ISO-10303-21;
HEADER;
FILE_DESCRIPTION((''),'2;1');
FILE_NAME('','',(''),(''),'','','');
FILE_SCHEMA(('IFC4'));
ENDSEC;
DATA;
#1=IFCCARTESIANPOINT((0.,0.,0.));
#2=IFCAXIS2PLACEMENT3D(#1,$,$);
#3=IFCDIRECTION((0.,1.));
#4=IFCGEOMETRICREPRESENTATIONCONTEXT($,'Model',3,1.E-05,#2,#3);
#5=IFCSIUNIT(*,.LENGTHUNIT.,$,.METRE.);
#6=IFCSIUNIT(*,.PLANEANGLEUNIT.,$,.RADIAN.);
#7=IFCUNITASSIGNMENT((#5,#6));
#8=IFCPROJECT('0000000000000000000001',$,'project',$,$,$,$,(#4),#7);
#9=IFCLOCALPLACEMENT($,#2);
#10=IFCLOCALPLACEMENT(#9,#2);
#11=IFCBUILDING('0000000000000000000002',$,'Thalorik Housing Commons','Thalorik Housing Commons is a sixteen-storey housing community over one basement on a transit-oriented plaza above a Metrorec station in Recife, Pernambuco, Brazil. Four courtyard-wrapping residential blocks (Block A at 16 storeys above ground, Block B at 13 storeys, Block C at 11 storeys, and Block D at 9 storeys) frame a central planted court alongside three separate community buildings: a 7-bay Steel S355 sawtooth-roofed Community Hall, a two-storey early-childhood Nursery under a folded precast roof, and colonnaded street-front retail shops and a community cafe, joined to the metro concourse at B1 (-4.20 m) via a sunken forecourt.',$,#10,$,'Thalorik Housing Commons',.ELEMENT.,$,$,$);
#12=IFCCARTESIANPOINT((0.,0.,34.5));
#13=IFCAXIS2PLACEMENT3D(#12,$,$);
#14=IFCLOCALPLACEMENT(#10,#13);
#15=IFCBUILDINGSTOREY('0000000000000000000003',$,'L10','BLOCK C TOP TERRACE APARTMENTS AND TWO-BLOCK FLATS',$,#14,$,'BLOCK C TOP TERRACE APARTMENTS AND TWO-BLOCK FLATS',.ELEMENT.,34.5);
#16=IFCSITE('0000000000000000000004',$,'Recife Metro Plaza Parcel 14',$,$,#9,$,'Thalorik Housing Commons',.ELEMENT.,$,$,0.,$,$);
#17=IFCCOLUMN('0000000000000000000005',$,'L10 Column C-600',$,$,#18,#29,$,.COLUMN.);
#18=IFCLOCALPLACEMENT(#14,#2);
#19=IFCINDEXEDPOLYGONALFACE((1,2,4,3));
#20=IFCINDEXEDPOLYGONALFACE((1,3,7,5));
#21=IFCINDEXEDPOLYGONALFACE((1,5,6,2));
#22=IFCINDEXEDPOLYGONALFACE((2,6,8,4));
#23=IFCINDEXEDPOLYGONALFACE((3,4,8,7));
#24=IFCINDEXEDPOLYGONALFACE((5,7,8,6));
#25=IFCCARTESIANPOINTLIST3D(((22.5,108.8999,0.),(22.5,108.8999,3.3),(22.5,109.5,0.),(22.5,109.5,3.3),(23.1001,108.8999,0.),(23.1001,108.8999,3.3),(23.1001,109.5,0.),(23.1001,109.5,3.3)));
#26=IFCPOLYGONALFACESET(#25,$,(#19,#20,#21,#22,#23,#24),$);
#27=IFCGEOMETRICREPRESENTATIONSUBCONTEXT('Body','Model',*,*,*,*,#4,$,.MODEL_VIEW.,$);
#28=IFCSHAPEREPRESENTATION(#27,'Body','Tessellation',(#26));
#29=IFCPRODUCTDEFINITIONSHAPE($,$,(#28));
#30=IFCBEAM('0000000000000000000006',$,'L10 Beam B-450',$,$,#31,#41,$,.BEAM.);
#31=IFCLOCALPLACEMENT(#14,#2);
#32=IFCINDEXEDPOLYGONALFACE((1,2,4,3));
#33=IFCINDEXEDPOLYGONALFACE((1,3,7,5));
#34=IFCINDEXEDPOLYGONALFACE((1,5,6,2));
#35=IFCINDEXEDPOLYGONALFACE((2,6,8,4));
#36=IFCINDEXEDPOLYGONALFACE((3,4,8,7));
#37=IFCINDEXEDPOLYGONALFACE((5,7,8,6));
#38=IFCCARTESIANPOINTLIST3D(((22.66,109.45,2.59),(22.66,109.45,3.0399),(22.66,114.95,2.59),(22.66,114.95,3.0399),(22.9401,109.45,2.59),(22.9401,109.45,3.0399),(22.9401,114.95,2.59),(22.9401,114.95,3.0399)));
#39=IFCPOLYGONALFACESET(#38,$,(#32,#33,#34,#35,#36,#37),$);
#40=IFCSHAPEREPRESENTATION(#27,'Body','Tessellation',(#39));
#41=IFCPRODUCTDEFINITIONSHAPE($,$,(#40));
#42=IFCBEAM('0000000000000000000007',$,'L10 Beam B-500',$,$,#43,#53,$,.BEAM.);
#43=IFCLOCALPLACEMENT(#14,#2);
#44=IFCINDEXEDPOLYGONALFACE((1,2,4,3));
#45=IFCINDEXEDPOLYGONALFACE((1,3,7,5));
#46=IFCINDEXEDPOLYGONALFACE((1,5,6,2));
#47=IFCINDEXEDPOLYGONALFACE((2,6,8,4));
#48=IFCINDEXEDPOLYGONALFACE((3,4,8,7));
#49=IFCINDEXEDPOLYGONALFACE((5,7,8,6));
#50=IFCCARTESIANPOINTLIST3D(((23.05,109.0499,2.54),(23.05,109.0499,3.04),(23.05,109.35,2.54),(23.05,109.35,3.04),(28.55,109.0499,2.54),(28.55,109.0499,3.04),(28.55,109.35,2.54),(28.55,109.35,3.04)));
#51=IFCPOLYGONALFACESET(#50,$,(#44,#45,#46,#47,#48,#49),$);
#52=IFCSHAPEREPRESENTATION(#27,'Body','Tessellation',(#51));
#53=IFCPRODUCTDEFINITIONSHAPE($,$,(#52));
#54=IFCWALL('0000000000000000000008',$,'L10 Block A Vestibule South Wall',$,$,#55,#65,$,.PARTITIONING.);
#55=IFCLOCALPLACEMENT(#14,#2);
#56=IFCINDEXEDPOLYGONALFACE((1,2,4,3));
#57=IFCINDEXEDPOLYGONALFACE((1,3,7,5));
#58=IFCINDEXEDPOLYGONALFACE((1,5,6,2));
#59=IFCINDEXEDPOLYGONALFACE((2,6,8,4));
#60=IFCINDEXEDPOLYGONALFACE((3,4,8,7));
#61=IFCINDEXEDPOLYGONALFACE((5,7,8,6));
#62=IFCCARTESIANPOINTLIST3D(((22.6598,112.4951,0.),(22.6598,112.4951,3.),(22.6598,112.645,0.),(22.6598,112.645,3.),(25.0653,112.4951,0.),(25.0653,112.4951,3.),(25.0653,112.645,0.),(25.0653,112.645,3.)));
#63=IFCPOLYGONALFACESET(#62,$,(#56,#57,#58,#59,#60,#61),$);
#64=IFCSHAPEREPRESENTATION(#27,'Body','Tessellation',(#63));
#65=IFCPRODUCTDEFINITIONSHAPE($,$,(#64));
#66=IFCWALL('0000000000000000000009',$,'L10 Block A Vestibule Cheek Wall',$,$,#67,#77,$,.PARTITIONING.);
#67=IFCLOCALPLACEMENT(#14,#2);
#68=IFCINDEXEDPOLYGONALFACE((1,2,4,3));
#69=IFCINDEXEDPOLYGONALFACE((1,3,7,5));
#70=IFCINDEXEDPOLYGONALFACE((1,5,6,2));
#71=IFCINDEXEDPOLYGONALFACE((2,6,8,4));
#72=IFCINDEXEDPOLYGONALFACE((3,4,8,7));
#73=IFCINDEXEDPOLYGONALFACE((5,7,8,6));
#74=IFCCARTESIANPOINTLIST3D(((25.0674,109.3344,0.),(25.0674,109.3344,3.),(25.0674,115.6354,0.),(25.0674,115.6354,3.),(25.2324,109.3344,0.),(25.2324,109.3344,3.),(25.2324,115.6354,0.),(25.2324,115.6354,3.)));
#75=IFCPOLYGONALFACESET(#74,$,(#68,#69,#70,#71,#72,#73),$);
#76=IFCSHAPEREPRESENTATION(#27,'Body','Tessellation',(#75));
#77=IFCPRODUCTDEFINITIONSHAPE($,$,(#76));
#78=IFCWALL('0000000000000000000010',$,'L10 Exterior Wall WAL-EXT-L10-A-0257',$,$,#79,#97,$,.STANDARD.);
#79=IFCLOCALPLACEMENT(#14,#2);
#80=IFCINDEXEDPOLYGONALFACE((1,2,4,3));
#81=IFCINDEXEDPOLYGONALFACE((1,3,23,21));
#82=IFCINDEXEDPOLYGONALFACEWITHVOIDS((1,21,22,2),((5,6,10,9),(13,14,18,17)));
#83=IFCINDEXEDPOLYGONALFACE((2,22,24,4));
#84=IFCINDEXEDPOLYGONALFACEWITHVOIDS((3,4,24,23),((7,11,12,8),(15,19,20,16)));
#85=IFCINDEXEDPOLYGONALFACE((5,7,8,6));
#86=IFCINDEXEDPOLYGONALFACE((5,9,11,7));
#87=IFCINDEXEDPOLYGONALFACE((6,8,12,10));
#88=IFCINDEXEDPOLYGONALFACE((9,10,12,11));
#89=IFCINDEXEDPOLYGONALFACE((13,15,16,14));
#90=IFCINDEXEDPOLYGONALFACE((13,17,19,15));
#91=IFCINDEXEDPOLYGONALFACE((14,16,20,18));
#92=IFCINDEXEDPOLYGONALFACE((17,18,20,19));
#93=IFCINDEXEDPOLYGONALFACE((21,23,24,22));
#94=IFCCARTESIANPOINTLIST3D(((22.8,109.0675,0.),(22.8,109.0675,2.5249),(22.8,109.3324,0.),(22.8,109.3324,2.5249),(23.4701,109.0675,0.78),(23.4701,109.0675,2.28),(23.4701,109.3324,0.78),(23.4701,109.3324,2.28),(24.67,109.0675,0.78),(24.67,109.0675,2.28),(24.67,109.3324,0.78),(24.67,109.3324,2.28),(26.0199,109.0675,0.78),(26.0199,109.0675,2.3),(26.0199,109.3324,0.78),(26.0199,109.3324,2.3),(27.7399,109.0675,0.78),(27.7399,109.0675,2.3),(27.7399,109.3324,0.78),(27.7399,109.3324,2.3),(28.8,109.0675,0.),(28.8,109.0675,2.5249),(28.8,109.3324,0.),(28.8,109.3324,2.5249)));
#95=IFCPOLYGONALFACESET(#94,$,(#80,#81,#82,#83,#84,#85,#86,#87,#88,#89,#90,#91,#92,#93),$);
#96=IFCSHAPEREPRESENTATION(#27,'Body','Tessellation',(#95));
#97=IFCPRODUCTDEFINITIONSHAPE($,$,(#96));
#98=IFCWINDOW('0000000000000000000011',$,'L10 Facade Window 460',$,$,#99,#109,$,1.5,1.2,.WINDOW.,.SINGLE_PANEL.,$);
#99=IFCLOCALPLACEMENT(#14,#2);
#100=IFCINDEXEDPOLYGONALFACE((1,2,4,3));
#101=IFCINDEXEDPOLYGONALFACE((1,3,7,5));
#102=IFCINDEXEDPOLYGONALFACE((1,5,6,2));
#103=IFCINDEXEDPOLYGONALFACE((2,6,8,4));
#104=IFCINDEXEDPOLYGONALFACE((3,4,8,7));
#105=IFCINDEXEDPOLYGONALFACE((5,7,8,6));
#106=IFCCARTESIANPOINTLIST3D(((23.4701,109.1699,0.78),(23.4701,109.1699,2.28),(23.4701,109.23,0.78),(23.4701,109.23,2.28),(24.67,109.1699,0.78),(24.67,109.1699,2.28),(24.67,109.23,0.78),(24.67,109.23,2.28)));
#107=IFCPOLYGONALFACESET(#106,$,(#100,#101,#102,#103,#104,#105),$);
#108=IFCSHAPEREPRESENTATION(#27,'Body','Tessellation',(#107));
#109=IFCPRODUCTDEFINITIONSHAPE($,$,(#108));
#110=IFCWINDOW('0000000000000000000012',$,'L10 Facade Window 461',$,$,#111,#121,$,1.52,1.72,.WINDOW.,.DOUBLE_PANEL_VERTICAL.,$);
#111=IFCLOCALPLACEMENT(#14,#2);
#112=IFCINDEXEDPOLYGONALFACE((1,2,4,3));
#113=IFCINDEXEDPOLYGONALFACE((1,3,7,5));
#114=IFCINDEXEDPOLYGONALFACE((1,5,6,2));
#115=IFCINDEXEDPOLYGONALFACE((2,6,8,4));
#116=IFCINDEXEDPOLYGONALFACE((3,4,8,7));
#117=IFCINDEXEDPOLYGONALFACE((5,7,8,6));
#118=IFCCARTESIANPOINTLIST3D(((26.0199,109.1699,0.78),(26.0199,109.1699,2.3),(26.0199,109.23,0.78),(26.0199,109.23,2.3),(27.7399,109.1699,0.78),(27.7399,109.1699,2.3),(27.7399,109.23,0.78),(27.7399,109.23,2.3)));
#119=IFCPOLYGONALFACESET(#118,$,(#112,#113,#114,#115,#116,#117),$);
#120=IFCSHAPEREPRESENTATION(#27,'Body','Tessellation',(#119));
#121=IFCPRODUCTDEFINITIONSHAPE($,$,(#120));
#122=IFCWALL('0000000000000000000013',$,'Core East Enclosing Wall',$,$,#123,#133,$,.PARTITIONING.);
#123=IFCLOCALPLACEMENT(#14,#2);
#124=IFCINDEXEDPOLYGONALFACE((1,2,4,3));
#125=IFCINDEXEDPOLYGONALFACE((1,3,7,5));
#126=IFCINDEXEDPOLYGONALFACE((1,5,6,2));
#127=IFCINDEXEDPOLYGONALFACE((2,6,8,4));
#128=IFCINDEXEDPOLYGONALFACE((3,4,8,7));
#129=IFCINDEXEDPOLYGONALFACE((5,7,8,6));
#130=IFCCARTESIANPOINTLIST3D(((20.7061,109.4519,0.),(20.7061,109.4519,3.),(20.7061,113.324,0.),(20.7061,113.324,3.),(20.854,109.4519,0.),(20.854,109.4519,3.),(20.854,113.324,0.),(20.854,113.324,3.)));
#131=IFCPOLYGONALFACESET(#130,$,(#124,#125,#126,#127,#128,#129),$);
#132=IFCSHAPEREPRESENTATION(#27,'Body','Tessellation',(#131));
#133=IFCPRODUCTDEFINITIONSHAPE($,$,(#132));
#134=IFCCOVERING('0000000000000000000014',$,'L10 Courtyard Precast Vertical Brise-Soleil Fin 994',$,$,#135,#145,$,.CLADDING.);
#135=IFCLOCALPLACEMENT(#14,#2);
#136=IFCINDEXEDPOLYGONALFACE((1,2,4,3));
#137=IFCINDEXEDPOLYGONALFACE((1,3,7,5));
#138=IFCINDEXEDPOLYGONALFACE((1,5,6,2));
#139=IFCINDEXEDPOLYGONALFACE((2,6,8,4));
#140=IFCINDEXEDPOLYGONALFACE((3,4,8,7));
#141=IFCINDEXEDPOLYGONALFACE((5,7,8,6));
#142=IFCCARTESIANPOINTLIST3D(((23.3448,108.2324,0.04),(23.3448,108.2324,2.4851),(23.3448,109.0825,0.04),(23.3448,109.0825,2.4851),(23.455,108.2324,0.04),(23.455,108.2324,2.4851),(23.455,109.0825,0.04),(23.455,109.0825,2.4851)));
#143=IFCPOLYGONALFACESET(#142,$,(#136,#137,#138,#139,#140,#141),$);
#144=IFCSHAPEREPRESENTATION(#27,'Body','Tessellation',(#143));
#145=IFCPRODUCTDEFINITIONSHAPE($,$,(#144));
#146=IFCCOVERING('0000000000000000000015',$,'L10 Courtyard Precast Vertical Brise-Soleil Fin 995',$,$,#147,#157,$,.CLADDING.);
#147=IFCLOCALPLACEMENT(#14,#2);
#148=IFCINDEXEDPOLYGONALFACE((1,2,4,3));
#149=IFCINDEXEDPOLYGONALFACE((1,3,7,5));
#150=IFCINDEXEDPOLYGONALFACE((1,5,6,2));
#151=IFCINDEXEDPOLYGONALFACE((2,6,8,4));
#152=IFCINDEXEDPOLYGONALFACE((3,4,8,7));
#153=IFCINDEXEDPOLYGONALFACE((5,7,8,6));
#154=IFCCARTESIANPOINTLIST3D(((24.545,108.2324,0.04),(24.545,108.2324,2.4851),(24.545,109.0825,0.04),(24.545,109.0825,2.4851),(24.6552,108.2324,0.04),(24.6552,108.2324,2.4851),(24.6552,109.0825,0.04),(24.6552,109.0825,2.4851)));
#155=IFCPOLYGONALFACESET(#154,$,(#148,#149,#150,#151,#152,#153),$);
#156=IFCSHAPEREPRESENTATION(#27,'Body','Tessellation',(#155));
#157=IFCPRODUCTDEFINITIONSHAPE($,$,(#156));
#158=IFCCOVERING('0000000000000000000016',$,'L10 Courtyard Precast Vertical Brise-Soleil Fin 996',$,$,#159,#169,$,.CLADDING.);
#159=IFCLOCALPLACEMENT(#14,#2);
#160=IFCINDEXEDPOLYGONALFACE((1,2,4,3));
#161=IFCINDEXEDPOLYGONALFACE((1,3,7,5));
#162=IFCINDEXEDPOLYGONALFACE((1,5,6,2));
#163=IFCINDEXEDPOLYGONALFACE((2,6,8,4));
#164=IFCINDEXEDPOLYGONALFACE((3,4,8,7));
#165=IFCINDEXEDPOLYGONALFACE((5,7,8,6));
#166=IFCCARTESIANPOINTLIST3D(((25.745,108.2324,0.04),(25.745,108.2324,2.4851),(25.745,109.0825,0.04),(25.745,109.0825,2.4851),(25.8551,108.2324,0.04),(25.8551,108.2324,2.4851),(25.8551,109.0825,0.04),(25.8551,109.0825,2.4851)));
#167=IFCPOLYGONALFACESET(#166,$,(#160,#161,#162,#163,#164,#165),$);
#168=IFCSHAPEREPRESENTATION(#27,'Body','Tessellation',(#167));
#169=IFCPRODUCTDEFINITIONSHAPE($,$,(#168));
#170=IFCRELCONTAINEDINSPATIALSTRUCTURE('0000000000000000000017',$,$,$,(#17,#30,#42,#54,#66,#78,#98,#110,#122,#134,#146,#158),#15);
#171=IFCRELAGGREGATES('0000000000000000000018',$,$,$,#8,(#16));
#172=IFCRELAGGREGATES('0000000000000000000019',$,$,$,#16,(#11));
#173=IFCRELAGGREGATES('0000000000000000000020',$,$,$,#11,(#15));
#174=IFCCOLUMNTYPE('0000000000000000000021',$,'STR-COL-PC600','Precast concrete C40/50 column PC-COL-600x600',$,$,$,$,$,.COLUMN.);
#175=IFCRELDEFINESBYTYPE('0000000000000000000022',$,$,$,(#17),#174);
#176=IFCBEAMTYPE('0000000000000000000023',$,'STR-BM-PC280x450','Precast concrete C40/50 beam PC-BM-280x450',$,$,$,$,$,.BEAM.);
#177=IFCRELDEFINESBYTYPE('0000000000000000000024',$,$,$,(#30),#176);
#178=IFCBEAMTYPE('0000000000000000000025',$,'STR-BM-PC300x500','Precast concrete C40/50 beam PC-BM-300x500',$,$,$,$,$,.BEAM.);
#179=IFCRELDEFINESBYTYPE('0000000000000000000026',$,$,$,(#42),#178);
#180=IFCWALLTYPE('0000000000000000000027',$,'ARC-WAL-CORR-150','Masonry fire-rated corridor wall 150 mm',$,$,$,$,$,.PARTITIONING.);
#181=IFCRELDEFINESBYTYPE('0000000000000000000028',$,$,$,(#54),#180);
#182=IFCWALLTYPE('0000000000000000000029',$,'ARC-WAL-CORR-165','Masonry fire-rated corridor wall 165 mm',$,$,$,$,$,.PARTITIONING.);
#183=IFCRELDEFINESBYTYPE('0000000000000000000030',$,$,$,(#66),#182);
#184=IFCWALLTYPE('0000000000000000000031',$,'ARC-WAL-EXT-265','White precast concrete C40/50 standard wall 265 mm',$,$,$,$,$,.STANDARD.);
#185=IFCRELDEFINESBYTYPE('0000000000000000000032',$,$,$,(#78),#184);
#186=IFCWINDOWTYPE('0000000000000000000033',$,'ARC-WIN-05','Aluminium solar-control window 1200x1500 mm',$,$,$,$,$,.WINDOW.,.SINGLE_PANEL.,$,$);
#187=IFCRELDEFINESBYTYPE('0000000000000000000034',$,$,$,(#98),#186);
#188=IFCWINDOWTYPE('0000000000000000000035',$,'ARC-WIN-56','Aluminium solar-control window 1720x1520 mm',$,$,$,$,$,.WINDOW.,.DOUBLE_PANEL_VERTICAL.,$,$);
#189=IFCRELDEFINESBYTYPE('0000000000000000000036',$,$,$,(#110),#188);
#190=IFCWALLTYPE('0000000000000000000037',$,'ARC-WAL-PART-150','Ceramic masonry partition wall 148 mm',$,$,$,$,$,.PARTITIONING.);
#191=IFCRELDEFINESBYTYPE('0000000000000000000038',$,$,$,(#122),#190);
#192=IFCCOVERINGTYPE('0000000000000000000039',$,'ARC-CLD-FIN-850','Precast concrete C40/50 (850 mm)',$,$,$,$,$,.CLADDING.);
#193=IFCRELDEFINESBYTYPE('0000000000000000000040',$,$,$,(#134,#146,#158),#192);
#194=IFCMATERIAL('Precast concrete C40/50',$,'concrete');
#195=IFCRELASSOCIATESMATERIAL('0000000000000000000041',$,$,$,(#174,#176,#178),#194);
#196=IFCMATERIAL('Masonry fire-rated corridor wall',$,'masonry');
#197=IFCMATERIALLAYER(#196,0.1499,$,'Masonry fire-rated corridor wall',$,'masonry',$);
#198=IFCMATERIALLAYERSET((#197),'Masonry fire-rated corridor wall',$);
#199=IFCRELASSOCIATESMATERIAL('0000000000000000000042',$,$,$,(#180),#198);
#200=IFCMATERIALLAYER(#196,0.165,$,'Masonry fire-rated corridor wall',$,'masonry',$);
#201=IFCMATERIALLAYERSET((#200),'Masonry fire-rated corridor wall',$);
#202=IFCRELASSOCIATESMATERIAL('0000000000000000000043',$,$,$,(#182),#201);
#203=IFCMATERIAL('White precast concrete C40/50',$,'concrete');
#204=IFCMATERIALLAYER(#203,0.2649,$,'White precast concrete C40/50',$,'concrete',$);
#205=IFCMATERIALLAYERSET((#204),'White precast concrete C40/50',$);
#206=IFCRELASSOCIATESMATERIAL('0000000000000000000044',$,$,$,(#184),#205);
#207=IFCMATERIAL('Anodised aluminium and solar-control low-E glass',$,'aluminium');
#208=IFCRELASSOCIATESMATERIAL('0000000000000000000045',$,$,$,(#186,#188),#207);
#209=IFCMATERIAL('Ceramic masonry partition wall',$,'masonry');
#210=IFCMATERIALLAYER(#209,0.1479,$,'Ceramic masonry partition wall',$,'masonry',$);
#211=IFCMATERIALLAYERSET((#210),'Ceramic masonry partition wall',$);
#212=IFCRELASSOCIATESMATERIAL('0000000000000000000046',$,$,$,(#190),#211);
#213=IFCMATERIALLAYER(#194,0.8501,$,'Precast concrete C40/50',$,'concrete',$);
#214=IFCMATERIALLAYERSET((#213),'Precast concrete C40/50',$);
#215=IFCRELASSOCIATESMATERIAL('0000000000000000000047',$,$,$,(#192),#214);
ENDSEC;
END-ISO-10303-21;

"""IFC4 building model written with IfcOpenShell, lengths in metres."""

from ifc_helpers import new_model, si_unit, direction, frame, frame_2d, origin, origin_2d, place, context, subcontext, project, spatial, rectangle, extrude, material, layer, layer_set, material_profile, profile_set, type_object, element, fill, save


model = new_model("IFC4")

# Units and contexts
model_context = context("Model", 3, precision=1e-05, world=origin(), true_north=direction((0.0, 1.0)))
body_context = subcontext(model_context, "Body", "Model", "MODEL_VIEW")
ifc_project = project(units=[si_unit("LENGTHUNIT", "METRE"), si_unit("PLANEANGLEUNIT", "RADIAN")], contexts=[model_context])

# Site, building, storey
site_placement = place(None, origin())
site = spatial("IfcSite", under=ifc_project, at=site_placement, Name="Recife Metro Plaza Parcel 14", LongName="Thalorik Housing Commons", CompositionType="ELEMENT", RefElevation=0.0)
building_placement = place(site_placement, origin())
building = spatial("IfcBuilding", under=site, at=building_placement, Name="Thalorik Housing Commons", Description="Thalorik Housing Commons is a sixteen-storey housing community over one basement on a transit-oriented plaza above a Metrorec station in Recife, Pernambuco, Brazil. Four courtyard-wrapping residential blocks (Block A at 16 storeys above ground, Block B at 13 storeys, Block C at 11 storeys, and Block D at 9 storeys) frame a central planted court alongside three separate community buildings: a 7-bay Steel S355 sawtooth-roofed Community Hall, a two-storey early-childhood Nursery under a folded precast roof, and colonnaded street-front retail shops and a community cafe, joined to the metro concourse at B1 (-4.20 m) via a sunken forecourt.", LongName="Thalorik Housing Commons", CompositionType="ELEMENT")
storey_placement = place(building_placement, frame((0.0, 0.0, 34.5)))
storey = spatial("IfcBuildingStorey", under=building, at=storey_placement, Name="L10", Description="BLOCK C TOP TERRACE APARTMENTS AND TWO-BLOCK FLATS", LongName="BLOCK C TOP TERRACE APARTMENTS AND TWO-BLOCK FLATS", CompositionType="ELEMENT", Elevation=34.5)

# Column
ifc_material_1 = material(Name="Precast concrete C40/50", Category="concrete")
ifc_material_profile_1 = material_profile(ifc_material_1, rectangle(XDim=0.6001, YDim=0.6001, at=origin_2d()), Name="PC 600x600", Category="concrete")
ifc_profile_set_1 = profile_set([ifc_material_profile_1], Name="Precast concrete C40/50")
column_type = type_object("IfcColumnType", Name="STR-COL-PC600", Description="Precast concrete C40/50 column PC-COL-600x600", PredefinedType="COLUMN", material=ifc_profile_set_1)
column_placement = place(storey_placement, frame((22.8, 109.2, 0.0), z_axis=(0.0, 0.0, 1.0), x_axis=(1.0, 0.0, 0.0)))
element("IfcColumn", 1, at=column_placement, inside=storey, type_object=column_type, Name="L10 Column C-600", PredefinedType="COLUMN", context=body_context, shape_type="SweptSolid", body=[
    extrude(rectangle(XDim=0.6001, YDim=0.6001, at=origin_2d()), origin(), (0.0, 0.0, 1.0), 3.3),
])

# Beams
ifc_material_profile_2 = material_profile(ifc_material_1, rectangle(XDim=0.28, YDim=0.45, at=origin_2d()), Name="PC 280x450", Category="concrete")
ifc_profile_set_2 = profile_set([ifc_material_profile_2], Name="Precast concrete C40/50")
beam_type_1 = type_object("IfcBeamType", Name="STR-BM-PC280x450", Description="Precast concrete C40/50 beam PC-BM-280x450", PredefinedType="BEAM", material=ifc_profile_set_2)
beam_1_placement = place(storey_placement, frame((22.8, 109.45, 2.8149), z_axis=(0.0, 1.0, 0.0), x_axis=(-1.0, 0.0, 0.0)))
element("IfcBeam", 2, at=beam_1_placement, inside=storey, type_object=beam_type_1, Name="L10 Beam B-450", PredefinedType="BEAM", context=body_context, shape_type="SweptSolid", body=[
    extrude(rectangle(XDim=0.28, YDim=0.45, at=origin_2d()), origin(), (0.0, 0.0, 1.0), 5.5),
])
ifc_material_profile_3 = material_profile(ifc_material_1, rectangle(XDim=0.3, YDim=0.5, at=origin_2d()), Name="PC 300x500", Category="concrete")
ifc_profile_set_3 = profile_set([ifc_material_profile_3], Name="Precast concrete C40/50")
beam_type_2 = type_object("IfcBeamType", Name="STR-BM-PC300x500", Description="Precast concrete C40/50 beam PC-BM-300x500", PredefinedType="BEAM", material=ifc_profile_set_3)
beam_2_placement = place(storey_placement, frame((23.05, 109.2, 2.79), z_axis=(1.0, 0.0, 0.0), x_axis=(0.0, 1.0, 0.0)))
element("IfcBeam", 3, at=beam_2_placement, inside=storey, type_object=beam_type_2, Name="L10 Beam B-500", PredefinedType="BEAM", context=body_context, shape_type="SweptSolid", body=[
    extrude(rectangle(XDim=0.3, YDim=0.5, at=origin_2d()), origin(), (0.0, 0.0, 1.0), 5.5),
])

# Walls
ifc_material_2 = material(Name="Masonry fire-rated corridor wall", Category="masonry")
ifc_layer_1 = layer(ifc_material_2, 0.1499, Name="Masonry fire-rated corridor wall", Category="masonry")
ifc_layer_set_1 = layer_set([ifc_layer_1], Name="Masonry fire-rated corridor wall")
wall_type_1 = type_object("IfcWallType", Name="ARC-WAL-CORR-150", Description="Masonry fire-rated corridor wall 150 mm", PredefinedType="PARTITIONING", material=ifc_layer_set_1)
wall_1_placement = place(storey_placement, frame((22.6599, 112.5701, 0.0), z_axis=(0.0, 0.0, 1.0), x_axis=(1.0, 0.0, 0.0)))
element("IfcWall", 4, at=wall_1_placement, inside=storey, type_object=wall_type_1, Name="L10 Block A Vestibule South Wall", PredefinedType="PARTITIONING", context=body_context, shape_type="SweptSolid", body=[
    extrude(rectangle(XDim=2.4055, YDim=0.1499, at=frame_2d((1.2026, 0.0))), origin(), (0.0, 0.0, 1.0), 3.0),
])
ifc_layer_2 = layer(ifc_material_2, 0.165, Name="Masonry fire-rated corridor wall", Category="masonry")
ifc_layer_set_2 = layer_set([ifc_layer_2], Name="Masonry fire-rated corridor wall")
wall_type_2 = type_object("IfcWallType", Name="ARC-WAL-CORR-165", Description="Masonry fire-rated corridor wall 165 mm", PredefinedType="PARTITIONING", material=ifc_layer_set_2)
wall_2_placement = place(storey_placement, frame((25.1499, 109.3345, 0.0), z_axis=(0.0, 0.0, 1.0), x_axis=(0.0, 1.0, 0.0)))
element("IfcWall", 5, at=wall_2_placement, inside=storey, type_object=wall_type_2, Name="L10 Block A Vestibule Cheek Wall", PredefinedType="PARTITIONING", context=body_context, shape_type="SweptSolid", body=[
    extrude(rectangle(XDim=6.301, YDim=0.165, at=frame_2d((3.1504, 0.0))), origin(), (0.0, 0.0, 1.0), 3.0),
])

# Wall, openings, windows
ifc_material_3 = material(Name="White precast concrete C40/50", Category="concrete")
ifc_layer_3 = layer(ifc_material_3, 0.2649, Name="White precast concrete C40/50", Category="concrete")
ifc_layer_set_3 = layer_set([ifc_layer_3], Name="White precast concrete C40/50")
wall_type_3 = type_object("IfcWallType", Name="ARC-WAL-EXT-265", Description="White precast concrete C40/50 standard wall 265 mm", PredefinedType="STANDARD", material=ifc_layer_set_3)
wall_3_placement = place(storey_placement, frame((22.8, 109.2, 0.0), z_axis=(0.0, 0.0, 1.0), x_axis=(1.0, 0.0, 0.0)))
wall_3 = element("IfcWall", 6, at=wall_3_placement, inside=storey, type_object=wall_type_3, Name="L10 Exterior Wall WAL-EXT-L10-A-0257", PredefinedType="STANDARD", context=body_context, shape_type="SweptSolid", body=[
    extrude(rectangle(XDim=6.0, YDim=0.2649, at=frame_2d((3.0, 0.0))), origin(), (0.0, 0.0, 1.0), 2.5249),
])
opening_1_placement = place(wall_3_placement, frame((0.6699, 0.0, 0.78)))
opening_1 = element("IfcOpeningElement", 7, at=opening_1_placement, cuts=wall_3, PredefinedType="OPENING", context=body_context, shape_type="SweptSolid", body=[
    extrude(rectangle(XDim=1.2, YDim=1.5, at=frame_2d((0.6001, 0.75))), frame((0.0, 0.1426, 0.0), z_axis=(0.0, -1.0, 0.0), x_axis=(1.0, 0.0, 0.0)), (0.0, 0.0, 1.0), 0.2849),
])
opening_2_placement = place(wall_3_placement, frame((3.22, 0.0, 0.78)))
opening_2 = element("IfcOpeningElement", 8, at=opening_2_placement, cuts=wall_3, PredefinedType="OPENING", context=body_context, shape_type="SweptSolid", body=[
    extrude(rectangle(XDim=1.72, YDim=1.52, at=frame_2d((0.8599, 0.76))), frame((0.0, 0.1426, 0.0), z_axis=(0.0, -1.0, 0.0), x_axis=(1.0, 0.0, 0.0)), (0.0, 0.0, 1.0), 0.2849),
])
ifc_material_4 = material(Name="Anodised aluminium and solar-control low-E glass", Category="aluminium")
window_type_1 = type_object("IfcWindowType", Name="ARC-WIN-05", Description="Aluminium solar-control window 1200x1500 mm", PartitioningType="SINGLE_PANEL", PredefinedType="WINDOW", material=ifc_material_4)
window_1_placement = place(opening_1_placement, origin())
window_1 = element("IfcWindow", 9, at=window_1_placement, inside=storey, type_object=window_type_1, Name="L10 Facade Window 460", OverallHeight=1.5, OverallWidth=1.2, PartitioningType="SINGLE_PANEL", PredefinedType="WINDOW", context=body_context, shape_type="SweptSolid", body=[
    extrude(rectangle(XDim=1.2, YDim=1.5, at=frame_2d((0.6001, 0.75))), frame((0.0, 0.03, 0.0), z_axis=(0.0, -1.0, 0.0), x_axis=(1.0, 0.0, 0.0)), (0.0, 0.0, 1.0), 0.0601),
])
fill(opening_1, window_1)
window_type_2 = type_object("IfcWindowType", Name="ARC-WIN-56", Description="Aluminium solar-control window 1720x1520 mm", PartitioningType="DOUBLE_PANEL_VERTICAL", PredefinedType="WINDOW", material=ifc_material_4)
window_2_placement = place(opening_2_placement, origin())
window_2 = element("IfcWindow", 10, at=window_2_placement, inside=storey, type_object=window_type_2, Name="L10 Facade Window 461", OverallHeight=1.52, OverallWidth=1.72, PartitioningType="DOUBLE_PANEL_VERTICAL", PredefinedType="WINDOW", context=body_context, shape_type="SweptSolid", body=[
    extrude(rectangle(XDim=1.72, YDim=1.52, at=frame_2d((0.8599, 0.76))), frame((0.0, 0.03, 0.0), z_axis=(0.0, -1.0, 0.0), x_axis=(1.0, 0.0, 0.0)), (0.0, 0.0, 1.0), 0.0601),
])
fill(opening_2, window_2)

# Wall
ifc_material_5 = material(Name="Ceramic masonry partition wall", Category="masonry")
ifc_layer_4 = layer(ifc_material_5, 0.1479, Name="Ceramic masonry partition wall", Category="masonry")
ifc_layer_set_4 = layer_set([ifc_layer_4], Name="Ceramic masonry partition wall")
wall_type_4 = type_object("IfcWallType", Name="ARC-WAL-PART-150", Description="Ceramic masonry partition wall 148 mm", PredefinedType="PARTITIONING", material=ifc_layer_set_4)
wall_4_placement = place(storey_placement, frame((20.78, 113.324, 0.0), z_axis=(0.0, 0.0, 1.0), x_axis=(0.0, -1.0, 0.0)))
element("IfcWall", 11, at=wall_4_placement, inside=storey, type_object=wall_type_4, Name="Core East Enclosing Wall", PredefinedType="PARTITIONING", context=body_context, shape_type="SweptSolid", body=[
    extrude(rectangle(XDim=3.8721, YDim=0.1479, at=frame_2d((1.936, 0.0))), origin(), (0.0, 0.0, 1.0), 3.0),
])

# Coverings
ifc_layer_5 = layer(ifc_material_1, 0.8501, Name="Precast concrete C40/50", Category="concrete")
ifc_layer_set_5 = layer_set([ifc_layer_5], Name="Precast concrete C40/50")
covering_type_1 = type_object("IfcCoveringType", Name="ARC-CLD-FIN-850", Description="Precast concrete C40/50 (850 mm)", PredefinedType="CLADDING", material=ifc_layer_set_5)
for number, where, z_axis, x_axis, name in (
    (12, (23.3999, 108.6575, 0.04), (0.0, 0.0, 1.0), (1.0, 0.0, 0.0), "L10 Courtyard Precast Vertical Brise-Soleil Fin 994"),
    (13, (24.6001, 108.6575, 0.04), (0.0, 0.0, 1.0), (1.0, 0.0, 0.0), "L10 Courtyard Precast Vertical Brise-Soleil Fin 995"),
    (14, (25.8, 108.6575, 0.04), (0.0, 0.0, 1.0), (1.0, 0.0, 0.0), "L10 Courtyard Precast Vertical Brise-Soleil Fin 996"),
):
    element("IfcCovering", number, at=place(storey_placement, frame(where, z_axis=z_axis, x_axis=x_axis)), inside=storey, type_object=covering_type_1, Name=name, PredefinedType="CLADDING", context=body_context, shape_type="SweptSolid", body=[
        extrude(rectangle(XDim=0.1101, YDim=0.8501, at=origin_2d()), origin(), (0.0, 0.0, 1.0), 2.4451),
    ])

save(model, "model.ifc")
